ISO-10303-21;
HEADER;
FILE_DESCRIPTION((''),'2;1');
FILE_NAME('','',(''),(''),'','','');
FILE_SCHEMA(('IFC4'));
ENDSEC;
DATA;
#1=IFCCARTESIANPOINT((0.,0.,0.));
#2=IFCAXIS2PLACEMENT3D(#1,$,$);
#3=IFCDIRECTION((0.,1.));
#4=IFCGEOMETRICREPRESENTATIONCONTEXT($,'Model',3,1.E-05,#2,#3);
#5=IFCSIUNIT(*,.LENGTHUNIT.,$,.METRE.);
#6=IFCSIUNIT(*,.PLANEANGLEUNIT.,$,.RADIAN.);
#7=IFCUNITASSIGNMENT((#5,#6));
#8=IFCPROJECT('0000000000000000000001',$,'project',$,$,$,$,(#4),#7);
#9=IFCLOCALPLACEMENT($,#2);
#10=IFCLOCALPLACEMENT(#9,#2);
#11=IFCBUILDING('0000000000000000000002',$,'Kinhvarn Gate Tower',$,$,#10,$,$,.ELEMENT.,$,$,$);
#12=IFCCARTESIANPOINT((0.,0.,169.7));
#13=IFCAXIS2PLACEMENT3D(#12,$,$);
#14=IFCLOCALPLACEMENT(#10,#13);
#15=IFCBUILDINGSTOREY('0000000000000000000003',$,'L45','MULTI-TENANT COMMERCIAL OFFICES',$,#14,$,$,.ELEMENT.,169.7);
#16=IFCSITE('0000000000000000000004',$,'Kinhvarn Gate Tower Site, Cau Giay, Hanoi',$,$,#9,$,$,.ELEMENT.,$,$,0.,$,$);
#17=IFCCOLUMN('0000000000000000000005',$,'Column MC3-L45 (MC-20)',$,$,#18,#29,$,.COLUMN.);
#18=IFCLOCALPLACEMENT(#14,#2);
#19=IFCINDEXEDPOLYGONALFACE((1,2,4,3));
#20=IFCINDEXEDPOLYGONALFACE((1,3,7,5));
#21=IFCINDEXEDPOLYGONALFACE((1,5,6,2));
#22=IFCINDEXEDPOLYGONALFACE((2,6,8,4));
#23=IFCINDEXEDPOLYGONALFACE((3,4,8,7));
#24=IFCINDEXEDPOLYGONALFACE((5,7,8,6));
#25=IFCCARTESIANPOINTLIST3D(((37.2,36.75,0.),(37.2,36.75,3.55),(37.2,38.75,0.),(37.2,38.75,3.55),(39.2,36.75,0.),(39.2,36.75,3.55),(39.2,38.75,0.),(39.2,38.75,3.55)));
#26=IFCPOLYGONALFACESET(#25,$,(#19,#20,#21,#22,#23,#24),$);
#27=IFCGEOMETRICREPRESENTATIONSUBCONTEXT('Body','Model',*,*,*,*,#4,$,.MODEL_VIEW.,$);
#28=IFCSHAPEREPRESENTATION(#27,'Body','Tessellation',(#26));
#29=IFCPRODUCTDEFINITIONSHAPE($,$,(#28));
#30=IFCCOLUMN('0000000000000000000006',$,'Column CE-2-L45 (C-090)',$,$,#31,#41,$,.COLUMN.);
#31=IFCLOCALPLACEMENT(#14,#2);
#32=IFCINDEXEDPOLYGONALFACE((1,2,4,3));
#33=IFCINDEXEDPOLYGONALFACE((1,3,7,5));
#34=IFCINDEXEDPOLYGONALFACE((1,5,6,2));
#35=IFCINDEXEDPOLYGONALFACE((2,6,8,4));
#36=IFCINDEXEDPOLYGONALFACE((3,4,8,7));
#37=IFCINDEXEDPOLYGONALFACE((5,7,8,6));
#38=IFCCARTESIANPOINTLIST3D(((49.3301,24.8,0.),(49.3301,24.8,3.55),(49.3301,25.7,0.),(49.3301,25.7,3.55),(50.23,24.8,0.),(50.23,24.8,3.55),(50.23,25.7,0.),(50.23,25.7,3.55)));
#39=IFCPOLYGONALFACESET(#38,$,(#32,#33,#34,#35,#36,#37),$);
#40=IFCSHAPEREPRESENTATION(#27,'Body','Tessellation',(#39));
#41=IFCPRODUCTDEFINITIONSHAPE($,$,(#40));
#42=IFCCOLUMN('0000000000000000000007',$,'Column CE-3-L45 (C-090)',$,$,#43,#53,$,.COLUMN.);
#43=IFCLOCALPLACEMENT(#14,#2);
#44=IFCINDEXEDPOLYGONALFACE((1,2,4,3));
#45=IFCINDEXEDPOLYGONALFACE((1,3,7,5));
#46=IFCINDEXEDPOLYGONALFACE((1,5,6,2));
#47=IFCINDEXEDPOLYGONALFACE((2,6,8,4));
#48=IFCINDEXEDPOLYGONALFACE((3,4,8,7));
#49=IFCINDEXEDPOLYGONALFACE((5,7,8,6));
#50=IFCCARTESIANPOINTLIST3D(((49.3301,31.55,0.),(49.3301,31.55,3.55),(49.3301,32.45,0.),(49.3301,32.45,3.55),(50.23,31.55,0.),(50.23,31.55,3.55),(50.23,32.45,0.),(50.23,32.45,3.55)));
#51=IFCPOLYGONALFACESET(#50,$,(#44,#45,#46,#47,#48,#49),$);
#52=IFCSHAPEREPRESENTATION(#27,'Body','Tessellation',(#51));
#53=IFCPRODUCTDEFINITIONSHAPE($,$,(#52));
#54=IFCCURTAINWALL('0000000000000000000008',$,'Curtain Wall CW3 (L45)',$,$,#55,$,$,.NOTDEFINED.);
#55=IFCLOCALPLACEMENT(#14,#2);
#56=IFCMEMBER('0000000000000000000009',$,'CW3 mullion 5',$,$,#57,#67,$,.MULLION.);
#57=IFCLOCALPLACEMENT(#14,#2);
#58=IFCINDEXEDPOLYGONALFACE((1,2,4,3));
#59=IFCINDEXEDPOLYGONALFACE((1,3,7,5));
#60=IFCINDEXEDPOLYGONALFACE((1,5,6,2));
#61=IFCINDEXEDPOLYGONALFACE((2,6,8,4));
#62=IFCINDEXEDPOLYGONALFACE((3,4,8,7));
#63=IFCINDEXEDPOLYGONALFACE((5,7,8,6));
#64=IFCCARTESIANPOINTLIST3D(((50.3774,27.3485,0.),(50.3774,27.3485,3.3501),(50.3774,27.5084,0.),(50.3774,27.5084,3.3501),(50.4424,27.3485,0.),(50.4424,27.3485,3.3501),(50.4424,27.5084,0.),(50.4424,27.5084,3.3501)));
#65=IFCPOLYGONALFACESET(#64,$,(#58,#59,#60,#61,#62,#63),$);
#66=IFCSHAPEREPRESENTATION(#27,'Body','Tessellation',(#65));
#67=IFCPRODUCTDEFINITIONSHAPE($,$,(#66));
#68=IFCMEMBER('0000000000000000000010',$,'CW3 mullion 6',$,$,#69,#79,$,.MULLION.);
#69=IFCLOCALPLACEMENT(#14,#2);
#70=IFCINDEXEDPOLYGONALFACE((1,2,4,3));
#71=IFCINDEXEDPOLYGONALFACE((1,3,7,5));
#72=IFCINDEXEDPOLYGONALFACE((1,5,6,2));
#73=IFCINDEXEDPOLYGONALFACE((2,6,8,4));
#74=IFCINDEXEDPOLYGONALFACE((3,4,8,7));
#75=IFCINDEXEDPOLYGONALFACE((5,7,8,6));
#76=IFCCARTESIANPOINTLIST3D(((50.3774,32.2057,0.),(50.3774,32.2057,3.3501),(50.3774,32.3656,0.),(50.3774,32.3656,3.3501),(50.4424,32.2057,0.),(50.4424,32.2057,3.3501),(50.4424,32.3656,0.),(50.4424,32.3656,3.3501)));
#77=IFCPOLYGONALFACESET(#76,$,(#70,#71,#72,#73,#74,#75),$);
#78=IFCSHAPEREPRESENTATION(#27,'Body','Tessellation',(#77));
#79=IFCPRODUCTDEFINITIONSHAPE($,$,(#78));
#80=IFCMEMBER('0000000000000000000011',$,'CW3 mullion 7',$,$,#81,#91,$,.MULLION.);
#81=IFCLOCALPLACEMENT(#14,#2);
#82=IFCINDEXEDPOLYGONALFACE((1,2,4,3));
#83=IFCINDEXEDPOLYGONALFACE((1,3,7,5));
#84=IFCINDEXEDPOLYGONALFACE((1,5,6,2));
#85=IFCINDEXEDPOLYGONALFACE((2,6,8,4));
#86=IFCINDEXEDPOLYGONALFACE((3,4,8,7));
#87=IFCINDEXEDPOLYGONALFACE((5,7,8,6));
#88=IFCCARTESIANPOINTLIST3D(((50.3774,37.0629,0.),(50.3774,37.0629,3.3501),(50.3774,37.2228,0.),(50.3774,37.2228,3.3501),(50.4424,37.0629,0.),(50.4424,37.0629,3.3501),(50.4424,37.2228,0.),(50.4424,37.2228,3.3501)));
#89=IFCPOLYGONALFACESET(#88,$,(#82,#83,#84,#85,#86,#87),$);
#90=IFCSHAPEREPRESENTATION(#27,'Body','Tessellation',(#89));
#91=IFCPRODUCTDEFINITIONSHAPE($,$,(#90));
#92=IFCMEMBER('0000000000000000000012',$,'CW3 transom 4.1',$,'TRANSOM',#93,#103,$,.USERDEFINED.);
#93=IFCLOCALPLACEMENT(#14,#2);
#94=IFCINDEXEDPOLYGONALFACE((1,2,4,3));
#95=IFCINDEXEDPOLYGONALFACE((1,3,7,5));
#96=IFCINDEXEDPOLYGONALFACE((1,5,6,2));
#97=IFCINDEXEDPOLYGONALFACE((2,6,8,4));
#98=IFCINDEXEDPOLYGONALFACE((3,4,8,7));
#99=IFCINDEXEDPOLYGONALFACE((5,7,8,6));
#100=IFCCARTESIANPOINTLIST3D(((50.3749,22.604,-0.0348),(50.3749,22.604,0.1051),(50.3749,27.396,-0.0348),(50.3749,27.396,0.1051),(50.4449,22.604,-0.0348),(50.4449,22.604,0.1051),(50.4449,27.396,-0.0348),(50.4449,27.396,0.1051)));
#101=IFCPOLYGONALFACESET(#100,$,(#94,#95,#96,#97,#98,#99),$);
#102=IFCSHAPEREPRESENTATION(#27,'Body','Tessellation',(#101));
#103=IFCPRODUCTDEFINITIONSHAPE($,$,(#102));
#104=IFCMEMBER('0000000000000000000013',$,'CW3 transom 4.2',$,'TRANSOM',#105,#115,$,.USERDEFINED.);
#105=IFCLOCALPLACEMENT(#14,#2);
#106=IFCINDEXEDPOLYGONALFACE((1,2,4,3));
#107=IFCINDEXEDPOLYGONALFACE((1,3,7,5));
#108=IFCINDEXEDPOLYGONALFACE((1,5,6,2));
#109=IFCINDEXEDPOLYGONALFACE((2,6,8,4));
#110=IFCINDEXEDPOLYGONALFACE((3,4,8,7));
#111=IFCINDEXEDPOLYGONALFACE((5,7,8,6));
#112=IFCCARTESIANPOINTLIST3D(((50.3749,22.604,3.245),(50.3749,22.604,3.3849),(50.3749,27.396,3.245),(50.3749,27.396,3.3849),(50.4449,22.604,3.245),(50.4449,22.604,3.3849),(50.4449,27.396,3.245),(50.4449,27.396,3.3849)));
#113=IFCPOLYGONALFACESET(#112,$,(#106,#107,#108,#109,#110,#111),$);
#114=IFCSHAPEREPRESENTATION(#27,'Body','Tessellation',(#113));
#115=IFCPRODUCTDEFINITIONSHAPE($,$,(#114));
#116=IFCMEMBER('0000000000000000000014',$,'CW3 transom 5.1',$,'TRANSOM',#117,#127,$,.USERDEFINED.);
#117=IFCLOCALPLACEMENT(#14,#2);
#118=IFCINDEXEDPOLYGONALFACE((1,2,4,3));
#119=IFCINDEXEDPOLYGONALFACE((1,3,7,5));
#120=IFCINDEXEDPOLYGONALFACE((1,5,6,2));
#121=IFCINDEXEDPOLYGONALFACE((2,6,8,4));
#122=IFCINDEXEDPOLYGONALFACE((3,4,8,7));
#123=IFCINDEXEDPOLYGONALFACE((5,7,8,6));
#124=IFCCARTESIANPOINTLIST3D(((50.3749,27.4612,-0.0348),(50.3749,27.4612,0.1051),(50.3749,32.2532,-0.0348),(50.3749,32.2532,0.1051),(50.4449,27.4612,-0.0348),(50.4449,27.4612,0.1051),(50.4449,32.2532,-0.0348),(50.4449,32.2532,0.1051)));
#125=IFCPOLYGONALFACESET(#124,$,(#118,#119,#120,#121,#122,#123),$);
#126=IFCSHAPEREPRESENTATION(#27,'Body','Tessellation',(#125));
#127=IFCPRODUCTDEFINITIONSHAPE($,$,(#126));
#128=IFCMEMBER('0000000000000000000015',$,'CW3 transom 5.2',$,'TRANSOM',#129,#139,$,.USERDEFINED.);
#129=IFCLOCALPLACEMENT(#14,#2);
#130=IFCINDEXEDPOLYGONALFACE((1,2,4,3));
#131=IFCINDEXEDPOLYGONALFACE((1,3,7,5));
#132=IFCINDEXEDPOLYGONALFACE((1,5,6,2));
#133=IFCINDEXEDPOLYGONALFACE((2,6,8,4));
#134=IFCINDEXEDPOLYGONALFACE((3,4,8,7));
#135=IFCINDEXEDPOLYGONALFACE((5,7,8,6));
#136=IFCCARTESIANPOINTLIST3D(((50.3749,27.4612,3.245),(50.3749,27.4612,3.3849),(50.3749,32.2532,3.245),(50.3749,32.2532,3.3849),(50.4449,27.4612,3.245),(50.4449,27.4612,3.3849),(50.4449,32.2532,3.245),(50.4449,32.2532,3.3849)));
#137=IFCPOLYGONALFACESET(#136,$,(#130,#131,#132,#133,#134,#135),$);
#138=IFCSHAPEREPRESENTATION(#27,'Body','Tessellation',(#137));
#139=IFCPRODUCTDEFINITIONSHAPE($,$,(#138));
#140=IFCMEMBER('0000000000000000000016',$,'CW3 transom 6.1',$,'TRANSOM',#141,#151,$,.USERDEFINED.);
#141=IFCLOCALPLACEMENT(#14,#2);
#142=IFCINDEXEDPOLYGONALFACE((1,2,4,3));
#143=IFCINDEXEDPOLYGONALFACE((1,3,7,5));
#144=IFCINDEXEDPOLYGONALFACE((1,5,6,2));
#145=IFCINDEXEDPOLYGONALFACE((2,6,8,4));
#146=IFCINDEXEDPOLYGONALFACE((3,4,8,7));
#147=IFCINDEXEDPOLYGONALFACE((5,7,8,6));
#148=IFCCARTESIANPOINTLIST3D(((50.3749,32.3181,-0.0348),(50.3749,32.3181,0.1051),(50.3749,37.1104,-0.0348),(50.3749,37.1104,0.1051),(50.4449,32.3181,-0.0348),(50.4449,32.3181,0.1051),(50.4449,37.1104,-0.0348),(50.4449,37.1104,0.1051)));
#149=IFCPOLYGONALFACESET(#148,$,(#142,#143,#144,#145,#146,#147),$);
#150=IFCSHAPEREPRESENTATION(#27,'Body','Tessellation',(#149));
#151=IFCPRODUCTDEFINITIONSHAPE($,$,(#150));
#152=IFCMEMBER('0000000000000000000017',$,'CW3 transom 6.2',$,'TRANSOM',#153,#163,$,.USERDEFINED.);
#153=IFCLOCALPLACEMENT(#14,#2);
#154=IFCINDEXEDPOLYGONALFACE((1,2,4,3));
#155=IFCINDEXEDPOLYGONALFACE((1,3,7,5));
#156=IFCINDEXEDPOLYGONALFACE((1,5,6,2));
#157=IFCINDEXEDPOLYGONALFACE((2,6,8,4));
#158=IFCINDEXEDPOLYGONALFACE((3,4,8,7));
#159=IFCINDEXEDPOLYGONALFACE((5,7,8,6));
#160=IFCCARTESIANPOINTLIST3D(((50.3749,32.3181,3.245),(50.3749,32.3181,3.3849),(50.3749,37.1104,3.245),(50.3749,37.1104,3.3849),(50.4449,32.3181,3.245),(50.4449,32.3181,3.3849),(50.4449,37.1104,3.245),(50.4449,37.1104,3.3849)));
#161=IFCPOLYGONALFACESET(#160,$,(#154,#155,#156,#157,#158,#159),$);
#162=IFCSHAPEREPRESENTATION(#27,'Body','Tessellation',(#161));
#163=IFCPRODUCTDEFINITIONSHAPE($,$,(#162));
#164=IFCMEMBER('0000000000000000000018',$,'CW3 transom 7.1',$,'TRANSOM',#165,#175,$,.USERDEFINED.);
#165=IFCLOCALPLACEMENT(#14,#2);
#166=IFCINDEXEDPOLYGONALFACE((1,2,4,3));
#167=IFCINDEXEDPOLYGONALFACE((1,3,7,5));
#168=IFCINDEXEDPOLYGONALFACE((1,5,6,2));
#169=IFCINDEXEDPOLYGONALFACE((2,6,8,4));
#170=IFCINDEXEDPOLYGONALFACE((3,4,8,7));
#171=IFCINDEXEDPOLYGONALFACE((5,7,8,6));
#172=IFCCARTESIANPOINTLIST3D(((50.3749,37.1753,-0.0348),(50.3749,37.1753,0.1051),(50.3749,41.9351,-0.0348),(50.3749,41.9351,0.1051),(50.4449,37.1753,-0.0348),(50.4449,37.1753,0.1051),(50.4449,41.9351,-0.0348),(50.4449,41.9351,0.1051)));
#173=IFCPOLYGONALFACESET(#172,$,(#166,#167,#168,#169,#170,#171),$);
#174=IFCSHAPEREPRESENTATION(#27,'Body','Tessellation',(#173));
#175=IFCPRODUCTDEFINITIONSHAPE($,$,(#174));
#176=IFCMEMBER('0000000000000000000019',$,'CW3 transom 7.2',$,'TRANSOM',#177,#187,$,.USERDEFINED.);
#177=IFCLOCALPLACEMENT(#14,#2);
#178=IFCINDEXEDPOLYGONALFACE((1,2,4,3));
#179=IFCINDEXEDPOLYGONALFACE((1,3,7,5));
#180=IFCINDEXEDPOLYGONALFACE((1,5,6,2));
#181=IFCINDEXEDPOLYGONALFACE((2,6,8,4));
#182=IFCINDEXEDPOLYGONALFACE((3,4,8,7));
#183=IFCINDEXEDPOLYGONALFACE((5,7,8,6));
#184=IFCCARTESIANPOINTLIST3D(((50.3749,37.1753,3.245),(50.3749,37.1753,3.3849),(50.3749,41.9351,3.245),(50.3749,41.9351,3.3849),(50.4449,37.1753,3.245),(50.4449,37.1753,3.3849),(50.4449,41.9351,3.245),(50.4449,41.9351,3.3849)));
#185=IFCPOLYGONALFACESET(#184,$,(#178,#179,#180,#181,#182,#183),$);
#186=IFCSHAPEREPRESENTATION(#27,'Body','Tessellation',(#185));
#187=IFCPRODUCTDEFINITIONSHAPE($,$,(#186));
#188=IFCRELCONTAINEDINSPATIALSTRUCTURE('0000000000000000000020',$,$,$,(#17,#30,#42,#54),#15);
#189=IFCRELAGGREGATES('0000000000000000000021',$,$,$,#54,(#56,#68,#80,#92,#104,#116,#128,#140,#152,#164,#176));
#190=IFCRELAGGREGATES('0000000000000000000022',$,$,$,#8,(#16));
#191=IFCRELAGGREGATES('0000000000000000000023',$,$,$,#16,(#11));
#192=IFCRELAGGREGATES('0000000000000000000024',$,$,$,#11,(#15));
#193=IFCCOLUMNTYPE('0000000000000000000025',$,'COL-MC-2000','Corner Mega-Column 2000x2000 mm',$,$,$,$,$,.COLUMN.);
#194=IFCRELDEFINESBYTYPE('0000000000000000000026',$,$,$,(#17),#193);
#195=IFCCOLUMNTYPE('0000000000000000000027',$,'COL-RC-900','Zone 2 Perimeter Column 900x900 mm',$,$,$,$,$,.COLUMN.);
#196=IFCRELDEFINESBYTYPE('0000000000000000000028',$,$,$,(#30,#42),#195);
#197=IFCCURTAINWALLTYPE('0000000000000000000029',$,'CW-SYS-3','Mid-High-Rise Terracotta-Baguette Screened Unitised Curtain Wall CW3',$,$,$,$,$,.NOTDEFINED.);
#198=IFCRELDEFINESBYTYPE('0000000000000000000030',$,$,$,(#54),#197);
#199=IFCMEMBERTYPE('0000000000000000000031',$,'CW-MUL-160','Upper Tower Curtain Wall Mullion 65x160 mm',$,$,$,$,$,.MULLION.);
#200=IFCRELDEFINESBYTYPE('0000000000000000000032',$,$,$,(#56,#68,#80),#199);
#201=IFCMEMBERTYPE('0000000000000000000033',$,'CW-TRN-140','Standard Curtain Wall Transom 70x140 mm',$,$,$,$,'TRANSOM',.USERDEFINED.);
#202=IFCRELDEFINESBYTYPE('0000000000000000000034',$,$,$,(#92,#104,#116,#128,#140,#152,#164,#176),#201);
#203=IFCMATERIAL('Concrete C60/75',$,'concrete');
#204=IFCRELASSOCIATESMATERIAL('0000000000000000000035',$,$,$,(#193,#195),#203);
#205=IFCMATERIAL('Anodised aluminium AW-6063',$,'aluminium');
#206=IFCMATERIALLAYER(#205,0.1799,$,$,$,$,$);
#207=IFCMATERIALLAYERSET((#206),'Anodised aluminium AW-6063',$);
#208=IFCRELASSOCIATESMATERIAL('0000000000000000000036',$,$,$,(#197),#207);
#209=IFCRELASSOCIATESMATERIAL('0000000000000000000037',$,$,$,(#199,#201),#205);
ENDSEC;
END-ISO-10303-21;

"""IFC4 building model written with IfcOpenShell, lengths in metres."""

from ifc_helpers import new_model, si_unit, direction, frame, origin, origin_2d, place, context, subcontext, project, spatial, rectangle, extrude, material, layer, layer_set, material_profile, profile_set, type_object, element, aggregate, save


model = new_model("IFC4")

# Units and contexts
model_context = context("Model", 3, precision=1e-05, world=origin(), true_north=direction((0.0, 1.0)))
body_context = subcontext(model_context, "Body", "Model", "MODEL_VIEW")
ifc_project = project(units=[si_unit("LENGTHUNIT", "METRE"), si_unit("PLANEANGLEUNIT", "RADIAN")], contexts=[model_context])

# Site, building, storey
site_placement = place(None, origin())
site = spatial("IfcSite", under=ifc_project, at=site_placement, Name="Kinhvarn Gate Tower Site, Cau Giay, Hanoi", CompositionType="ELEMENT", RefElevation=0.0)
building_placement = place(site_placement, origin())
building = spatial("IfcBuilding", under=site, at=building_placement, Name="Kinhvarn Gate Tower", CompositionType="ELEMENT")
storey_placement = place(building_placement, frame((0.0, 0.0, 169.7)))
storey = spatial("IfcBuildingStorey", under=building, at=storey_placement, Name="L45", Description="MULTI-TENANT COMMERCIAL OFFICES", CompositionType="ELEMENT", Elevation=169.7)

# Columns
ifc_material_1 = material(Name="Concrete C60/75", Category="concrete")
ifc_material_profile_1 = material_profile(ifc_material_1, rectangle(XDim=2.0, YDim=2.0, at=origin_2d()), Name="RC 2000x2000")
ifc_profile_set_1 = profile_set([ifc_material_profile_1], Name="Concrete C60/75")
column_type_1 = type_object("IfcColumnType", Name="COL-MC-2000", Description="Corner Mega-Column 2000x2000 mm", PredefinedType="COLUMN", material=ifc_profile_set_1)
column_placement = place(storey_placement, frame((38.2, 37.75, 0.0), z_axis=(0.0, 0.0, 1.0), x_axis=(1.0, 0.0, 0.0)))
element("IfcColumn", 1, at=column_placement, inside=storey, type_object=column_type_1, Name="Column MC3-L45 (MC-20)", PredefinedType="COLUMN", context=body_context, shape_type="SweptSolid", body=[
    extrude(rectangle(XDim=2.0, YDim=2.0, at=origin_2d()), origin(), (0.0, 0.0, 1.0), 3.55),
])
ifc_material_profile_2 = material_profile(ifc_material_1, rectangle(XDim=0.8999, YDim=0.8999, at=origin_2d()), Name="RC 900x900")
ifc_profile_set_2 = profile_set([ifc_material_profile_2], Name="Concrete C60/75")
column_type_2 = type_object("IfcColumnType", Name="COL-RC-900", Description="Zone 2 Perimeter Column 900x900 mm", PredefinedType="COLUMN", material=ifc_profile_set_2)
for number, where, z_axis, x_axis, name in (
    (2, (49.78, 25.25, 0.0), (0.0, 0.0, 1.0), (1.0, 0.0, 0.0), "Column CE-2-L45 (C-090)"),
    (3, (49.78, 32.0, 0.0), (0.0, 0.0, 1.0), (1.0, 0.0, 0.0), "Column CE-3-L45 (C-090)"),
):
    element("IfcColumn", number, at=place(storey_placement, frame(where, z_axis=z_axis, x_axis=x_axis)), inside=storey, type_object=column_type_2, Name=name, PredefinedType="COLUMN", context=body_context, shape_type="SweptSolid", body=[
        extrude(rectangle(XDim=0.8999, YDim=0.8999, at=origin_2d()), origin(), (0.0, 0.0, 1.0), 3.55),
    ])

# Curtain wall, members
ifc_material_2 = material(Name="Anodised aluminium AW-6063", Category="aluminium")
ifc_layer_1 = layer(ifc_material_2, 0.1799)
ifc_layer_set_1 = layer_set([ifc_layer_1], Name="Anodised aluminium AW-6063")
curtain_wall_type = type_object("IfcCurtainWallType", Name="CW-SYS-3", Description="Mid-High-Rise Terracotta-Baguette Screened Unitised Curtain Wall CW3", PredefinedType="NOTDEFINED", material=ifc_layer_set_1)
curtain_wall_placement = place(storey_placement, origin())
curtain_wall = element("IfcCurtainWall", 4, at=curtain_wall_placement, inside=storey, type_object=curtain_wall_type, Name="Curtain Wall CW3 (L45)", PredefinedType="NOTDEFINED")
ifc_material_profile_3 = material_profile(ifc_material_2, rectangle(XDim=0.0649, YDim=0.1599, at=origin_2d()), Name="ALU 65x160")
ifc_profile_set_3 = profile_set([ifc_material_profile_3], Name="Anodised aluminium AW-6063")
member_type_1 = type_object("IfcMemberType", Name="CW-MUL-160", Description="Upper Tower Curtain Wall Mullion 65x160 mm", PredefinedType="MULLION", material=ifc_profile_set_3)
member_1_placement = place(storey_placement, frame((50.4099, 27.4285, 0.0), z_axis=(0.0, 0.0, 1.0), x_axis=(-1.0, 0.0, 0.0)))
member_1 = element("IfcMember", 5, at=member_1_placement, type_object=member_type_1, Name="CW3 mullion 5", PredefinedType="MULLION", context=body_context, shape_type="SweptSolid", body=[
    extrude(rectangle(XDim=0.0649, YDim=0.1599, at=origin_2d()), origin(), (0.0, 0.0, 1.0), 3.3501),
])
member_2_placement = place(storey_placement, frame((50.4099, 32.2856, 0.0), z_axis=(0.0, 0.0, 1.0), x_axis=(-1.0, 0.0, 0.0)))
member_2 = element("IfcMember", 6, at=member_2_placement, type_object=member_type_1, Name="CW3 mullion 6", PredefinedType="MULLION", context=body_context, shape_type="SweptSolid", body=[
    extrude(rectangle(XDim=0.0649, YDim=0.1599, at=origin_2d()), origin(), (0.0, 0.0, 1.0), 3.3501),
])
member_3_placement = place(storey_placement, frame((50.4099, 37.1428, 0.0), z_axis=(0.0, 0.0, 1.0), x_axis=(-1.0, 0.0, 0.0)))
member_3 = element("IfcMember", 7, at=member_3_placement, type_object=member_type_1, Name="CW3 mullion 7", PredefinedType="MULLION", context=body_context, shape_type="SweptSolid", body=[
    extrude(rectangle(XDim=0.0649, YDim=0.1599, at=origin_2d()), origin(), (0.0, 0.0, 1.0), 3.3501),
])
ifc_material_profile_4 = material_profile(ifc_material_2, rectangle(XDim=0.0701, YDim=0.1399, at=origin_2d()), Name="ALU 70x140")
ifc_profile_set_4 = profile_set([ifc_material_profile_4], Name="Anodised aluminium AW-6063")
member_type_2 = type_object("IfcMemberType", Name="CW-TRN-140", Description="Standard Curtain Wall Transom 70x140 mm", ElementType="TRANSOM", PredefinedType="USERDEFINED", material=ifc_profile_set_4)
member_4_placement = place(storey_placement, frame((50.4099, 22.604, 0.0352), z_axis=(0.0, 1.0, 0.0), x_axis=(-1.0, 0.0, 0.0)))
member_4 = element("IfcMember", 8, at=member_4_placement, type_object=member_type_2, Name="CW3 transom 4.1", ObjectType="TRANSOM", PredefinedType="USERDEFINED", context=body_context, shape_type="SweptSolid", body=[
    extrude(rectangle(XDim=0.0701, YDim=0.1399, at=origin_2d()), origin(), (0.0, 0.0, 1.0), 4.792),
])
member_5_placement = place(storey_placement, frame((50.4099, 22.604, 3.3149), z_axis=(0.0, 1.0, 0.0), x_axis=(-1.0, 0.0, 0.0)))
member_5 = element("IfcMember", 9, at=member_5_placement, type_object=member_type_2, Name="CW3 transom 4.2", ObjectType="TRANSOM", PredefinedType="USERDEFINED", context=body_context, shape_type="SweptSolid", body=[
    extrude(rectangle(XDim=0.0701, YDim=0.1399, at=origin_2d()), origin(), (0.0, 0.0, 1.0), 4.792),
])
member_6_placement = place(storey_placement, frame((50.4099, 27.4612, 0.0352), z_axis=(0.0, 1.0, 0.0), x_axis=(-1.0, 0.0, 0.0)))
member_6 = element("IfcMember", 10, at=member_6_placement, type_object=member_type_2, Name="CW3 transom 5.1", ObjectType="TRANSOM", PredefinedType="USERDEFINED", context=body_context, shape_type="SweptSolid", body=[
    extrude(rectangle(XDim=0.0701, YDim=0.1399, at=origin_2d()), origin(), (0.0, 0.0, 1.0), 4.792),
])
member_7_placement = place(storey_placement, frame((50.4099, 27.4612, 3.3149), z_axis=(0.0, 1.0, 0.0), x_axis=(-1.0, 0.0, 0.0)))
member_7 = element("IfcMember", 11, at=member_7_placement, type_object=member_type_2, Name="CW3 transom 5.2", ObjectType="TRANSOM", PredefinedType="USERDEFINED", context=body_context, shape_type="SweptSolid", body=[
    extrude(rectangle(XDim=0.0701, YDim=0.1399, at=origin_2d()), origin(), (0.0, 0.0, 1.0), 4.792),
])
member_8_placement = place(storey_placement, frame((50.4099, 32.3181, 0.0352), z_axis=(0.0, 1.0, 0.0), x_axis=(-1.0, 0.0, 0.0)))
member_8 = element("IfcMember", 12, at=member_8_placement, type_object=member_type_2, Name="CW3 transom 6.1", ObjectType="TRANSOM", PredefinedType="USERDEFINED", context=body_context, shape_type="SweptSolid", body=[
    extrude(rectangle(XDim=0.0701, YDim=0.1399, at=origin_2d()), origin(), (0.0, 0.0, 1.0), 4.7922),
])
member_9_placement = place(storey_placement, frame((50.4099, 32.3181, 3.3149), z_axis=(0.0, 1.0, 0.0), x_axis=(-1.0, 0.0, 0.0)))
member_9 = element("IfcMember", 13, at=member_9_placement, type_object=member_type_2, Name="CW3 transom 6.2", ObjectType="TRANSOM", PredefinedType="USERDEFINED", context=body_context, shape_type="SweptSolid", body=[
    extrude(rectangle(XDim=0.0701, YDim=0.1399, at=origin_2d()), origin(), (0.0, 0.0, 1.0), 4.7922),
])
member_10_placement = place(storey_placement, frame((50.4099, 37.1753, 0.0352), z_axis=(0.0, 1.0, 0.0), x_axis=(-1.0, 0.0, 0.0)))
member_10 = element("IfcMember", 14, at=member_10_placement, type_object=member_type_2, Name="CW3 transom 7.1", ObjectType="TRANSOM", PredefinedType="USERDEFINED", context=body_context, shape_type="SweptSolid", body=[
    extrude(rectangle(XDim=0.0701, YDim=0.1399, at=origin_2d()), origin(), (0.0, 0.0, 1.0), 4.7598),
])
member_11_placement = place(storey_placement, frame((50.4099, 37.1753, 3.3149), z_axis=(0.0, 1.0, 0.0), x_axis=(-1.0, 0.0, 0.0)))
member_11 = element("IfcMember", 15, at=member_11_placement, type_object=member_type_2, Name="CW3 transom 7.2", ObjectType="TRANSOM", PredefinedType="USERDEFINED", context=body_context, shape_type="SweptSolid", body=[
    extrude(rectangle(XDim=0.0701, YDim=0.1399, at=origin_2d()), origin(), (0.0, 0.0, 1.0), 4.7598),
])

aggregate(curtain_wall, [member_1, member_2, member_3, member_4, member_5, member_6, member_7, member_8, member_9, member_10, member_11])

save(model, "model.ifc")
